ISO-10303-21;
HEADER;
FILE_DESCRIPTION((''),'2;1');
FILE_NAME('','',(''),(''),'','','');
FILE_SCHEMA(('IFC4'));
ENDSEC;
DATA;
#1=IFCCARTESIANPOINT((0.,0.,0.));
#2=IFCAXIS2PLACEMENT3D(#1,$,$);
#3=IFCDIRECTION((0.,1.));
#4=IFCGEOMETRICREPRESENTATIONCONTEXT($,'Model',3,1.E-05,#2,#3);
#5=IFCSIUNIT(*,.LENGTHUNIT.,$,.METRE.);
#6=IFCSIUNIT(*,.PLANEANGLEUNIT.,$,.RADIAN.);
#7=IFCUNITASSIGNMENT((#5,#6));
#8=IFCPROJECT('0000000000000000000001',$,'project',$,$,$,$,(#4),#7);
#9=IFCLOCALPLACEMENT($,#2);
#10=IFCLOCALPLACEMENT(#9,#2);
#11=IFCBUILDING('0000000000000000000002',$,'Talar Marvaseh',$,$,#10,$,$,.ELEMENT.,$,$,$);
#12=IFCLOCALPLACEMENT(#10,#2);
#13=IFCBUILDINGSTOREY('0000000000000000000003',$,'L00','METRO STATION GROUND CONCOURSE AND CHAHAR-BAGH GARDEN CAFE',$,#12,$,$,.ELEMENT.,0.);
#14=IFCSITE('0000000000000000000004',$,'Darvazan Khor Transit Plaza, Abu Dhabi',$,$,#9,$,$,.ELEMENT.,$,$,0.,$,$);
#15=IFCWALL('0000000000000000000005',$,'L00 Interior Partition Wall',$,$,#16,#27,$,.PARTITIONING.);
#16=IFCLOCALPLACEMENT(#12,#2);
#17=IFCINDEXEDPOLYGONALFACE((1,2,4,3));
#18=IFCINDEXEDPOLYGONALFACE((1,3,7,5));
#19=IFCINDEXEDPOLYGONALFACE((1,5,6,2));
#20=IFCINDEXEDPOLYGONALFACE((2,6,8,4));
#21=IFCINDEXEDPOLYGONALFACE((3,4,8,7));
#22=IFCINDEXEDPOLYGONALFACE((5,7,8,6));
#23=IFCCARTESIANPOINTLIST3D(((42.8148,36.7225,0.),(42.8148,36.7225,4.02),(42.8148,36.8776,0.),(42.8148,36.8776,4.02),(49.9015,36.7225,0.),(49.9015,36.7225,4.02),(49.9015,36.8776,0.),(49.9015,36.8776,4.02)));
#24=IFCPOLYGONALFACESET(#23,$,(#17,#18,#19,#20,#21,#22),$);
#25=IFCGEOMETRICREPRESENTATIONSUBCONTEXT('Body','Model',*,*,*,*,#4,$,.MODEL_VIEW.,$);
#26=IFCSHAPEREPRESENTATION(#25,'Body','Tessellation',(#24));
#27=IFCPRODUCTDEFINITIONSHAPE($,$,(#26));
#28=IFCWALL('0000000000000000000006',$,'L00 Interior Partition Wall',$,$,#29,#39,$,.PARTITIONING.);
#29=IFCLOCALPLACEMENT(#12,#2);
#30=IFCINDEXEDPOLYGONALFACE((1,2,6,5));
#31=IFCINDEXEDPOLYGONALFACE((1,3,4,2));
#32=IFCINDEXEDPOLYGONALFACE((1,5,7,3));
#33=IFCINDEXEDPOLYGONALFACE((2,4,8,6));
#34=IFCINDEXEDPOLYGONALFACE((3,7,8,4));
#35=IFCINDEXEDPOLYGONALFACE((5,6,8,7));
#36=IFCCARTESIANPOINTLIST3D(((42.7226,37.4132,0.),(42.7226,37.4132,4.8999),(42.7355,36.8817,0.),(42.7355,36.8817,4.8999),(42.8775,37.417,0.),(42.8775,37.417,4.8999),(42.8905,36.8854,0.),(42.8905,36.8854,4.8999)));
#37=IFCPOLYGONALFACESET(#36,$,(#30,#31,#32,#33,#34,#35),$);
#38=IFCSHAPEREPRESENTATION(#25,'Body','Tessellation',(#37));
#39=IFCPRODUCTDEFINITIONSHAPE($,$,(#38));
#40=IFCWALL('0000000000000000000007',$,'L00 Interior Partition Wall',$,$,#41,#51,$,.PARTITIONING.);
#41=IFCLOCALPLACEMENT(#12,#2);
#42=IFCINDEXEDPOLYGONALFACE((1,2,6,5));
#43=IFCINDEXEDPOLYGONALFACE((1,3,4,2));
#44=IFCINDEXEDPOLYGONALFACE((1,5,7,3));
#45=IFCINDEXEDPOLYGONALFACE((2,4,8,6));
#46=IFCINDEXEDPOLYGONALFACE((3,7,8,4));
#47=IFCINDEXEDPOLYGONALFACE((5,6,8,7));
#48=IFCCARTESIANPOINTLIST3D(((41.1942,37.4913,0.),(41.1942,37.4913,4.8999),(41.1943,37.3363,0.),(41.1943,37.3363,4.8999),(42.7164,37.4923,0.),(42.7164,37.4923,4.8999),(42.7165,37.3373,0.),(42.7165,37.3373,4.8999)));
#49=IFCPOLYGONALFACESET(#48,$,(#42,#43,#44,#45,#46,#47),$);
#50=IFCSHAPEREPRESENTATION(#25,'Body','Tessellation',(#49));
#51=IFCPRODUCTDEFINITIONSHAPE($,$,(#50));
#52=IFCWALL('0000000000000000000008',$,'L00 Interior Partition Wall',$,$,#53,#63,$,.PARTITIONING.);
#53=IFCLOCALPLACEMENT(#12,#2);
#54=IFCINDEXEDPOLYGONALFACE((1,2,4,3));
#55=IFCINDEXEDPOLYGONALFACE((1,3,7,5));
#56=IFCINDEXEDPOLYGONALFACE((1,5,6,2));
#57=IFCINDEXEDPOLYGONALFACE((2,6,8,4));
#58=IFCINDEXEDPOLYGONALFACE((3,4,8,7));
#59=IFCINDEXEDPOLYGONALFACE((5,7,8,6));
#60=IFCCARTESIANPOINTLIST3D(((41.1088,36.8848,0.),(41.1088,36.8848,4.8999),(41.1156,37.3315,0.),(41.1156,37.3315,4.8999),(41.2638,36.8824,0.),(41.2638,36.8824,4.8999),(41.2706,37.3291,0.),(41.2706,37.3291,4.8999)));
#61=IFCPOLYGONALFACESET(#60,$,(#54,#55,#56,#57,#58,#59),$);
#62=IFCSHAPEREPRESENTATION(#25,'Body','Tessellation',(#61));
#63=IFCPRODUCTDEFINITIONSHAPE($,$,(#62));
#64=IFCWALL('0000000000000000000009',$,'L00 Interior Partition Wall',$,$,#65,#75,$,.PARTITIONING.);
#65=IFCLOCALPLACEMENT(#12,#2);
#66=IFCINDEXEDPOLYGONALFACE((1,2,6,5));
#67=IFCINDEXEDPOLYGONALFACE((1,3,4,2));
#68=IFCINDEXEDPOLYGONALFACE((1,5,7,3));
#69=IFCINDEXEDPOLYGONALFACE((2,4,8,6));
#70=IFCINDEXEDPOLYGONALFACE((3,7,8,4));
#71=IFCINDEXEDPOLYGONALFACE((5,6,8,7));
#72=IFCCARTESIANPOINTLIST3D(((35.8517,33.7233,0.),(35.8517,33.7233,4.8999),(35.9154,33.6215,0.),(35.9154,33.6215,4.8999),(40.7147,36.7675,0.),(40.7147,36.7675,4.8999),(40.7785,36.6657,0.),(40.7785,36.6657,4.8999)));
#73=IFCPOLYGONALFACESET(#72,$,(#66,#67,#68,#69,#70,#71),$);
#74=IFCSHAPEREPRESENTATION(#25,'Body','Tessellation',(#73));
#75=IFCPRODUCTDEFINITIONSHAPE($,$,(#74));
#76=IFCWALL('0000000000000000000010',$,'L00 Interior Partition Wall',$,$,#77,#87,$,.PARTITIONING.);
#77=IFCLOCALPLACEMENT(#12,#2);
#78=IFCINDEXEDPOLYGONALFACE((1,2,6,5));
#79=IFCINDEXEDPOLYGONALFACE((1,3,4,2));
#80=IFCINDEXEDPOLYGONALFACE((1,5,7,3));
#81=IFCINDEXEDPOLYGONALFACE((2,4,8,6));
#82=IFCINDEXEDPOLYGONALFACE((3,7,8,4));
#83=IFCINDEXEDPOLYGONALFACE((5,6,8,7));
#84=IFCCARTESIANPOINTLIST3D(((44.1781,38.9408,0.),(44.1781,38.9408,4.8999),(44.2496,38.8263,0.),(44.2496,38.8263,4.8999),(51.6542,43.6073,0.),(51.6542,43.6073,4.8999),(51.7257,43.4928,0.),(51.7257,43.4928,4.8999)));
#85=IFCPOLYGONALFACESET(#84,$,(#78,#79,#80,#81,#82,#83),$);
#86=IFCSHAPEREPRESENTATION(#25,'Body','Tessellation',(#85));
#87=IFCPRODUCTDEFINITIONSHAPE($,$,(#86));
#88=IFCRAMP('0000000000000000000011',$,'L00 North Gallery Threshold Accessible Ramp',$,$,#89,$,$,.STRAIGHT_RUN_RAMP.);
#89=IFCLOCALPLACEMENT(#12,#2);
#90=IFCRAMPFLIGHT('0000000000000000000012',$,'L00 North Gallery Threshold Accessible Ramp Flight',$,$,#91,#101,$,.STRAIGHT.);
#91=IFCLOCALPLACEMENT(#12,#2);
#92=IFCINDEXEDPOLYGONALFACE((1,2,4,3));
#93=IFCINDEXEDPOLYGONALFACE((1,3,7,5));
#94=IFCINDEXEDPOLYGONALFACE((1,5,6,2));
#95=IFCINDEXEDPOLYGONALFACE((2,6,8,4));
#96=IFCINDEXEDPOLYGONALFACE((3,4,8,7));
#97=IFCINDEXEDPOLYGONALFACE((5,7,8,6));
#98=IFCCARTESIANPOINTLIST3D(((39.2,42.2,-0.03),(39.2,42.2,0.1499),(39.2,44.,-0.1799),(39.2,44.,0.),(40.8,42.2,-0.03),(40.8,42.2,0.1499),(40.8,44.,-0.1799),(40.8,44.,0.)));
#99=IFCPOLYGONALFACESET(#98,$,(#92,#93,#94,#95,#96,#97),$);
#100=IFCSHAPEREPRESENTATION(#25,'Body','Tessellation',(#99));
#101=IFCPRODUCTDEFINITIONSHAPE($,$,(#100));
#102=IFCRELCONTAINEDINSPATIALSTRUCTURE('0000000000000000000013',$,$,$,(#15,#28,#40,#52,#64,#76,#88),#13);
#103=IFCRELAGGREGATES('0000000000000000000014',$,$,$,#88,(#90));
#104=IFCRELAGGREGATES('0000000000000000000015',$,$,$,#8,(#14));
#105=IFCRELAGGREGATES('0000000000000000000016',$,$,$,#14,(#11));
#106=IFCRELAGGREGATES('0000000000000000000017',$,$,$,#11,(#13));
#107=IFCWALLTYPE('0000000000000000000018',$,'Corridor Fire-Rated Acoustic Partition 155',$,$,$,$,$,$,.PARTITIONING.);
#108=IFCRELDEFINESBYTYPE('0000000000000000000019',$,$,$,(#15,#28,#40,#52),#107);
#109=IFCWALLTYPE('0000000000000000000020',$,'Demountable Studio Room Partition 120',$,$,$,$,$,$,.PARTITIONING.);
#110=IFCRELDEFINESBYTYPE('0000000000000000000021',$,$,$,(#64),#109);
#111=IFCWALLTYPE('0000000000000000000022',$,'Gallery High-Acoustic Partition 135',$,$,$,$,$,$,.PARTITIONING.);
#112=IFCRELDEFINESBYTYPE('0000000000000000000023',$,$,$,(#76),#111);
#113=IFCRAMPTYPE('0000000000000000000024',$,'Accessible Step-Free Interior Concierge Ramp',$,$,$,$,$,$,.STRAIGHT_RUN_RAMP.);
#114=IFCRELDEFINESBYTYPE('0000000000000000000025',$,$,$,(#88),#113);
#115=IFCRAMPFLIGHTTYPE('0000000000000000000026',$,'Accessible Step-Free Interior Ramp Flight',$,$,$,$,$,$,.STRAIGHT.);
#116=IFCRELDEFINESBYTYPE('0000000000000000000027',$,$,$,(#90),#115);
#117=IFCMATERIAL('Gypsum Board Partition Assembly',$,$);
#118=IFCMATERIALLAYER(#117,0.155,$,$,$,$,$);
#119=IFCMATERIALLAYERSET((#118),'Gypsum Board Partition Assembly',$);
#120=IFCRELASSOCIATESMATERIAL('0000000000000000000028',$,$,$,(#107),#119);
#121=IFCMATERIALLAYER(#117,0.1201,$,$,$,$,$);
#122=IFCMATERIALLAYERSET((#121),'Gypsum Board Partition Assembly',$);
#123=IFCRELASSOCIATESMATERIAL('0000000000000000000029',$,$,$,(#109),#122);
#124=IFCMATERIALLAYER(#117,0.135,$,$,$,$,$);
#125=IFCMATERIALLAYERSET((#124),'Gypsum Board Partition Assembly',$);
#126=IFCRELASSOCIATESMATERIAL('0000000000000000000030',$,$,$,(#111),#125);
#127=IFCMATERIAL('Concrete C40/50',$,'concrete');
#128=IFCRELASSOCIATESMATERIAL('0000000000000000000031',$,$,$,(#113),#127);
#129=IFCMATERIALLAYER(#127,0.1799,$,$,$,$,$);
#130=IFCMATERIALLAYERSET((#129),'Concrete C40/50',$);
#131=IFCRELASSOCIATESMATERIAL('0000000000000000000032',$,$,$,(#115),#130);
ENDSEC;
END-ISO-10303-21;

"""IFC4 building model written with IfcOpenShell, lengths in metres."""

from ifc_helpers import new_model, si_unit, direction, frame, frame_2d, origin, place, context, subcontext, project, spatial, polyline, rectangle, outline, extrude, material, layer, layer_set, type_object, element, aggregate, save


model = new_model("IFC4")

# Units and contexts
model_context = context("Model", 3, precision=1e-05, world=origin(), true_north=direction((0.0, 1.0)))
body_context = subcontext(model_context, "Body", "Model", "MODEL_VIEW")
ifc_project = project(units=[si_unit("LENGTHUNIT", "METRE"), si_unit("PLANEANGLEUNIT", "RADIAN")], contexts=[model_context])

# Site, building, storey
site_placement = place(None, origin())
site = spatial("IfcSite", under=ifc_project, at=site_placement, Name="Darvazan Khor Transit Plaza, Abu Dhabi", CompositionType="ELEMENT", RefElevation=0.0)
building_placement = place(site_placement, origin())
building = spatial("IfcBuilding", under=site, at=building_placement, Name="Talar Marvaseh", CompositionType="ELEMENT")
storey_placement = place(building_placement, origin())
storey = spatial("IfcBuildingStorey", under=building, at=storey_placement, Name="L00", Description="METRO STATION GROUND CONCOURSE AND CHAHAR-BAGH GARDEN CAFE", CompositionType="ELEMENT", Elevation=0.0)

# Shared definitions
ifc_material_1 = material(Name="Gypsum Board Partition Assembly")
ifc_layer_1 = layer(ifc_material_1, 0.155)
ifc_layer_set_1 = layer_set([ifc_layer_1], Name="Gypsum Board Partition Assembly")
wall_type_1 = type_object("IfcWallType", Name="Corridor Fire-Rated Acoustic Partition 155", PredefinedType="PARTITIONING", material=ifc_layer_set_1)

# Walls
wall_1_placement = place(storey_placement, frame((49.9016, 36.8, 0.0), z_axis=(0.0, 0.0, 1.0), x_axis=(-1.0, 0.0, 0.0)))
element("IfcWall", 1, at=wall_1_placement, inside=storey, type_object=wall_type_1, Name="L00 Interior Partition Wall", PredefinedType="PARTITIONING", context=body_context, shape_type="SweptSolid", body=[
    extrude(rectangle(XDim=7.0867, YDim=0.155, at=frame_2d((3.5435, 0.0))), origin(), (0.0, 0.0, 1.0), 4.02),
])
wall_2_placement = place(storey_placement, frame((42.813, 36.8835, 0.0), z_axis=(0.0, 0.0, 1.0), x_axis=(-0.024338, 0.999704, 0.0)))
element("IfcWall", 2, at=wall_2_placement, inside=storey, type_object=wall_type_1, Name="L00 Interior Partition Wall", PredefinedType="PARTITIONING", context=body_context, shape_type="SweptSolid", body=[
    extrude(rectangle(XDim=0.5317, YDim=0.155, at=frame_2d((0.2659, 0.0))), origin(), (0.0, 0.0, 1.0), 4.8999),
])
wall_3_placement = place(storey_placement, frame((42.7166, 37.4148, 0.0), z_axis=(0.0, 0.0, 1.0), x_axis=(-1.0, -0.000642, 0.0)))
element("IfcWall", 3, at=wall_3_placement, inside=storey, type_object=wall_type_1, Name="L00 Interior Partition Wall", PredefinedType="PARTITIONING", context=body_context, shape_type="SweptSolid", body=[
    extrude(rectangle(XDim=1.5222, YDim=0.155, at=frame_2d((0.7612, 0.0))), origin(), (0.0, 0.0, 1.0), 4.8999),
])
wall_4_placement = place(storey_placement, frame((41.1931, 37.3303, 0.0), z_axis=(0.0, 0.0, 1.0), x_axis=(-0.015299, -0.999883, 0.0)))
element("IfcWall", 4, at=wall_4_placement, inside=storey, type_object=wall_type_1, Name="L00 Interior Partition Wall", PredefinedType="PARTITIONING", context=body_context, shape_type="SweptSolid", body=[
    extrude(rectangle(XDim=0.4468, YDim=0.155, at=frame_2d((0.2234, 0.0))), origin(), (0.0, 0.0, 1.0), 4.8999),
])
ifc_layer_2 = layer(ifc_material_1, 0.1201)
ifc_layer_set_2 = layer_set([ifc_layer_2], Name="Gypsum Board Partition Assembly")
wall_type_2 = type_object("IfcWallType", Name="Demountable Studio Room Partition 120", PredefinedType="PARTITIONING", material=ifc_layer_set_2)
wall_5_placement = place(storey_placement, frame((35.8835, 33.6724, 0.0), z_axis=(0.0, 0.0, 1.0), x_axis=(0.847623, 0.530599, 0.0)))
element("IfcWall", 5, at=wall_5_placement, inside=storey, type_object=wall_type_2, Name="L00 Interior Partition Wall", PredefinedType="PARTITIONING", context=body_context, shape_type="SweptSolid", body=[
    extrude(rectangle(XDim=5.7373, YDim=0.1201, at=frame_2d((2.8687, 0.0))), origin(), (0.0, 0.0, 1.0), 4.8999),
])
ifc_layer_3 = layer(ifc_material_1, 0.135)
ifc_layer_set_3 = layer_set([ifc_layer_3], Name="Gypsum Board Partition Assembly")
wall_type_3 = type_object("IfcWallType", Name="Gallery High-Acoustic Partition 135", PredefinedType="PARTITIONING", material=ifc_layer_set_3)
wall_6_placement = place(storey_placement, frame((44.2139, 38.8835, 0.0), z_axis=(0.0, 0.0, 1.0), x_axis=(0.848306, 0.529506, 0.0)))
element("IfcWall", 6, at=wall_6_placement, inside=storey, type_object=wall_type_3, Name="L00 Interior Partition Wall", PredefinedType="PARTITIONING", context=body_context, shape_type="SweptSolid", body=[
    extrude(rectangle(XDim=8.813, YDim=0.135, at=frame_2d((4.4065, 0.0))), origin(), (0.0, 0.0, 1.0), 4.8999),
])

# Ramp, ramp flight
ifc_material_2 = material(Name="Concrete C40/50", Category="concrete")
ramp_type = type_object("IfcRampType", Name="Accessible Step-Free Interior Concierge Ramp", PredefinedType="STRAIGHT_RUN_RAMP", material=ifc_material_2)
ramp_placement = place(storey_placement, origin())
ramp = element("IfcRamp", 7, at=ramp_placement, inside=storey, type_object=ramp_type, Name="L00 North Gallery Threshold Accessible Ramp", PredefinedType="STRAIGHT_RUN_RAMP")
ifc_layer_4 = layer(ifc_material_2, 0.1799)
ifc_layer_set_4 = layer_set([ifc_layer_4], Name="Concrete C40/50")
ramp_flight_type = type_object("IfcRampFlightType", Name="Accessible Step-Free Interior Ramp Flight", PredefinedType="STRAIGHT", material=ifc_layer_set_4)
ramp_flight_placement = place(storey_placement, frame((40.0, 44.0, 0.0), z_axis=(0.0, 0.0, 1.0), x_axis=(0.0, -1.0, 0.0)))
ramp_flight = element("IfcRampFlight", 8, at=ramp_flight_placement, type_object=ramp_flight_type, Name="L00 North Gallery Threshold Accessible Ramp Flight", PredefinedType="STRAIGHT", context=body_context, shape_type="SweptSolid", body=[
    extrude(outline(polyline([(0.0, 0.0), (0.0, -0.1799), (1.8, -0.03), (1.8, 0.1499), (0.0, 0.0)])), frame((0.0, 0.8, 0.0), z_axis=(0.0, -1.0, 0.0), x_axis=(1.0, 0.0, 0.0)), (0.0, 0.0, 1.0), 1.6001),
])
aggregate(ramp, [ramp_flight])

save(model, "model.ifc")
